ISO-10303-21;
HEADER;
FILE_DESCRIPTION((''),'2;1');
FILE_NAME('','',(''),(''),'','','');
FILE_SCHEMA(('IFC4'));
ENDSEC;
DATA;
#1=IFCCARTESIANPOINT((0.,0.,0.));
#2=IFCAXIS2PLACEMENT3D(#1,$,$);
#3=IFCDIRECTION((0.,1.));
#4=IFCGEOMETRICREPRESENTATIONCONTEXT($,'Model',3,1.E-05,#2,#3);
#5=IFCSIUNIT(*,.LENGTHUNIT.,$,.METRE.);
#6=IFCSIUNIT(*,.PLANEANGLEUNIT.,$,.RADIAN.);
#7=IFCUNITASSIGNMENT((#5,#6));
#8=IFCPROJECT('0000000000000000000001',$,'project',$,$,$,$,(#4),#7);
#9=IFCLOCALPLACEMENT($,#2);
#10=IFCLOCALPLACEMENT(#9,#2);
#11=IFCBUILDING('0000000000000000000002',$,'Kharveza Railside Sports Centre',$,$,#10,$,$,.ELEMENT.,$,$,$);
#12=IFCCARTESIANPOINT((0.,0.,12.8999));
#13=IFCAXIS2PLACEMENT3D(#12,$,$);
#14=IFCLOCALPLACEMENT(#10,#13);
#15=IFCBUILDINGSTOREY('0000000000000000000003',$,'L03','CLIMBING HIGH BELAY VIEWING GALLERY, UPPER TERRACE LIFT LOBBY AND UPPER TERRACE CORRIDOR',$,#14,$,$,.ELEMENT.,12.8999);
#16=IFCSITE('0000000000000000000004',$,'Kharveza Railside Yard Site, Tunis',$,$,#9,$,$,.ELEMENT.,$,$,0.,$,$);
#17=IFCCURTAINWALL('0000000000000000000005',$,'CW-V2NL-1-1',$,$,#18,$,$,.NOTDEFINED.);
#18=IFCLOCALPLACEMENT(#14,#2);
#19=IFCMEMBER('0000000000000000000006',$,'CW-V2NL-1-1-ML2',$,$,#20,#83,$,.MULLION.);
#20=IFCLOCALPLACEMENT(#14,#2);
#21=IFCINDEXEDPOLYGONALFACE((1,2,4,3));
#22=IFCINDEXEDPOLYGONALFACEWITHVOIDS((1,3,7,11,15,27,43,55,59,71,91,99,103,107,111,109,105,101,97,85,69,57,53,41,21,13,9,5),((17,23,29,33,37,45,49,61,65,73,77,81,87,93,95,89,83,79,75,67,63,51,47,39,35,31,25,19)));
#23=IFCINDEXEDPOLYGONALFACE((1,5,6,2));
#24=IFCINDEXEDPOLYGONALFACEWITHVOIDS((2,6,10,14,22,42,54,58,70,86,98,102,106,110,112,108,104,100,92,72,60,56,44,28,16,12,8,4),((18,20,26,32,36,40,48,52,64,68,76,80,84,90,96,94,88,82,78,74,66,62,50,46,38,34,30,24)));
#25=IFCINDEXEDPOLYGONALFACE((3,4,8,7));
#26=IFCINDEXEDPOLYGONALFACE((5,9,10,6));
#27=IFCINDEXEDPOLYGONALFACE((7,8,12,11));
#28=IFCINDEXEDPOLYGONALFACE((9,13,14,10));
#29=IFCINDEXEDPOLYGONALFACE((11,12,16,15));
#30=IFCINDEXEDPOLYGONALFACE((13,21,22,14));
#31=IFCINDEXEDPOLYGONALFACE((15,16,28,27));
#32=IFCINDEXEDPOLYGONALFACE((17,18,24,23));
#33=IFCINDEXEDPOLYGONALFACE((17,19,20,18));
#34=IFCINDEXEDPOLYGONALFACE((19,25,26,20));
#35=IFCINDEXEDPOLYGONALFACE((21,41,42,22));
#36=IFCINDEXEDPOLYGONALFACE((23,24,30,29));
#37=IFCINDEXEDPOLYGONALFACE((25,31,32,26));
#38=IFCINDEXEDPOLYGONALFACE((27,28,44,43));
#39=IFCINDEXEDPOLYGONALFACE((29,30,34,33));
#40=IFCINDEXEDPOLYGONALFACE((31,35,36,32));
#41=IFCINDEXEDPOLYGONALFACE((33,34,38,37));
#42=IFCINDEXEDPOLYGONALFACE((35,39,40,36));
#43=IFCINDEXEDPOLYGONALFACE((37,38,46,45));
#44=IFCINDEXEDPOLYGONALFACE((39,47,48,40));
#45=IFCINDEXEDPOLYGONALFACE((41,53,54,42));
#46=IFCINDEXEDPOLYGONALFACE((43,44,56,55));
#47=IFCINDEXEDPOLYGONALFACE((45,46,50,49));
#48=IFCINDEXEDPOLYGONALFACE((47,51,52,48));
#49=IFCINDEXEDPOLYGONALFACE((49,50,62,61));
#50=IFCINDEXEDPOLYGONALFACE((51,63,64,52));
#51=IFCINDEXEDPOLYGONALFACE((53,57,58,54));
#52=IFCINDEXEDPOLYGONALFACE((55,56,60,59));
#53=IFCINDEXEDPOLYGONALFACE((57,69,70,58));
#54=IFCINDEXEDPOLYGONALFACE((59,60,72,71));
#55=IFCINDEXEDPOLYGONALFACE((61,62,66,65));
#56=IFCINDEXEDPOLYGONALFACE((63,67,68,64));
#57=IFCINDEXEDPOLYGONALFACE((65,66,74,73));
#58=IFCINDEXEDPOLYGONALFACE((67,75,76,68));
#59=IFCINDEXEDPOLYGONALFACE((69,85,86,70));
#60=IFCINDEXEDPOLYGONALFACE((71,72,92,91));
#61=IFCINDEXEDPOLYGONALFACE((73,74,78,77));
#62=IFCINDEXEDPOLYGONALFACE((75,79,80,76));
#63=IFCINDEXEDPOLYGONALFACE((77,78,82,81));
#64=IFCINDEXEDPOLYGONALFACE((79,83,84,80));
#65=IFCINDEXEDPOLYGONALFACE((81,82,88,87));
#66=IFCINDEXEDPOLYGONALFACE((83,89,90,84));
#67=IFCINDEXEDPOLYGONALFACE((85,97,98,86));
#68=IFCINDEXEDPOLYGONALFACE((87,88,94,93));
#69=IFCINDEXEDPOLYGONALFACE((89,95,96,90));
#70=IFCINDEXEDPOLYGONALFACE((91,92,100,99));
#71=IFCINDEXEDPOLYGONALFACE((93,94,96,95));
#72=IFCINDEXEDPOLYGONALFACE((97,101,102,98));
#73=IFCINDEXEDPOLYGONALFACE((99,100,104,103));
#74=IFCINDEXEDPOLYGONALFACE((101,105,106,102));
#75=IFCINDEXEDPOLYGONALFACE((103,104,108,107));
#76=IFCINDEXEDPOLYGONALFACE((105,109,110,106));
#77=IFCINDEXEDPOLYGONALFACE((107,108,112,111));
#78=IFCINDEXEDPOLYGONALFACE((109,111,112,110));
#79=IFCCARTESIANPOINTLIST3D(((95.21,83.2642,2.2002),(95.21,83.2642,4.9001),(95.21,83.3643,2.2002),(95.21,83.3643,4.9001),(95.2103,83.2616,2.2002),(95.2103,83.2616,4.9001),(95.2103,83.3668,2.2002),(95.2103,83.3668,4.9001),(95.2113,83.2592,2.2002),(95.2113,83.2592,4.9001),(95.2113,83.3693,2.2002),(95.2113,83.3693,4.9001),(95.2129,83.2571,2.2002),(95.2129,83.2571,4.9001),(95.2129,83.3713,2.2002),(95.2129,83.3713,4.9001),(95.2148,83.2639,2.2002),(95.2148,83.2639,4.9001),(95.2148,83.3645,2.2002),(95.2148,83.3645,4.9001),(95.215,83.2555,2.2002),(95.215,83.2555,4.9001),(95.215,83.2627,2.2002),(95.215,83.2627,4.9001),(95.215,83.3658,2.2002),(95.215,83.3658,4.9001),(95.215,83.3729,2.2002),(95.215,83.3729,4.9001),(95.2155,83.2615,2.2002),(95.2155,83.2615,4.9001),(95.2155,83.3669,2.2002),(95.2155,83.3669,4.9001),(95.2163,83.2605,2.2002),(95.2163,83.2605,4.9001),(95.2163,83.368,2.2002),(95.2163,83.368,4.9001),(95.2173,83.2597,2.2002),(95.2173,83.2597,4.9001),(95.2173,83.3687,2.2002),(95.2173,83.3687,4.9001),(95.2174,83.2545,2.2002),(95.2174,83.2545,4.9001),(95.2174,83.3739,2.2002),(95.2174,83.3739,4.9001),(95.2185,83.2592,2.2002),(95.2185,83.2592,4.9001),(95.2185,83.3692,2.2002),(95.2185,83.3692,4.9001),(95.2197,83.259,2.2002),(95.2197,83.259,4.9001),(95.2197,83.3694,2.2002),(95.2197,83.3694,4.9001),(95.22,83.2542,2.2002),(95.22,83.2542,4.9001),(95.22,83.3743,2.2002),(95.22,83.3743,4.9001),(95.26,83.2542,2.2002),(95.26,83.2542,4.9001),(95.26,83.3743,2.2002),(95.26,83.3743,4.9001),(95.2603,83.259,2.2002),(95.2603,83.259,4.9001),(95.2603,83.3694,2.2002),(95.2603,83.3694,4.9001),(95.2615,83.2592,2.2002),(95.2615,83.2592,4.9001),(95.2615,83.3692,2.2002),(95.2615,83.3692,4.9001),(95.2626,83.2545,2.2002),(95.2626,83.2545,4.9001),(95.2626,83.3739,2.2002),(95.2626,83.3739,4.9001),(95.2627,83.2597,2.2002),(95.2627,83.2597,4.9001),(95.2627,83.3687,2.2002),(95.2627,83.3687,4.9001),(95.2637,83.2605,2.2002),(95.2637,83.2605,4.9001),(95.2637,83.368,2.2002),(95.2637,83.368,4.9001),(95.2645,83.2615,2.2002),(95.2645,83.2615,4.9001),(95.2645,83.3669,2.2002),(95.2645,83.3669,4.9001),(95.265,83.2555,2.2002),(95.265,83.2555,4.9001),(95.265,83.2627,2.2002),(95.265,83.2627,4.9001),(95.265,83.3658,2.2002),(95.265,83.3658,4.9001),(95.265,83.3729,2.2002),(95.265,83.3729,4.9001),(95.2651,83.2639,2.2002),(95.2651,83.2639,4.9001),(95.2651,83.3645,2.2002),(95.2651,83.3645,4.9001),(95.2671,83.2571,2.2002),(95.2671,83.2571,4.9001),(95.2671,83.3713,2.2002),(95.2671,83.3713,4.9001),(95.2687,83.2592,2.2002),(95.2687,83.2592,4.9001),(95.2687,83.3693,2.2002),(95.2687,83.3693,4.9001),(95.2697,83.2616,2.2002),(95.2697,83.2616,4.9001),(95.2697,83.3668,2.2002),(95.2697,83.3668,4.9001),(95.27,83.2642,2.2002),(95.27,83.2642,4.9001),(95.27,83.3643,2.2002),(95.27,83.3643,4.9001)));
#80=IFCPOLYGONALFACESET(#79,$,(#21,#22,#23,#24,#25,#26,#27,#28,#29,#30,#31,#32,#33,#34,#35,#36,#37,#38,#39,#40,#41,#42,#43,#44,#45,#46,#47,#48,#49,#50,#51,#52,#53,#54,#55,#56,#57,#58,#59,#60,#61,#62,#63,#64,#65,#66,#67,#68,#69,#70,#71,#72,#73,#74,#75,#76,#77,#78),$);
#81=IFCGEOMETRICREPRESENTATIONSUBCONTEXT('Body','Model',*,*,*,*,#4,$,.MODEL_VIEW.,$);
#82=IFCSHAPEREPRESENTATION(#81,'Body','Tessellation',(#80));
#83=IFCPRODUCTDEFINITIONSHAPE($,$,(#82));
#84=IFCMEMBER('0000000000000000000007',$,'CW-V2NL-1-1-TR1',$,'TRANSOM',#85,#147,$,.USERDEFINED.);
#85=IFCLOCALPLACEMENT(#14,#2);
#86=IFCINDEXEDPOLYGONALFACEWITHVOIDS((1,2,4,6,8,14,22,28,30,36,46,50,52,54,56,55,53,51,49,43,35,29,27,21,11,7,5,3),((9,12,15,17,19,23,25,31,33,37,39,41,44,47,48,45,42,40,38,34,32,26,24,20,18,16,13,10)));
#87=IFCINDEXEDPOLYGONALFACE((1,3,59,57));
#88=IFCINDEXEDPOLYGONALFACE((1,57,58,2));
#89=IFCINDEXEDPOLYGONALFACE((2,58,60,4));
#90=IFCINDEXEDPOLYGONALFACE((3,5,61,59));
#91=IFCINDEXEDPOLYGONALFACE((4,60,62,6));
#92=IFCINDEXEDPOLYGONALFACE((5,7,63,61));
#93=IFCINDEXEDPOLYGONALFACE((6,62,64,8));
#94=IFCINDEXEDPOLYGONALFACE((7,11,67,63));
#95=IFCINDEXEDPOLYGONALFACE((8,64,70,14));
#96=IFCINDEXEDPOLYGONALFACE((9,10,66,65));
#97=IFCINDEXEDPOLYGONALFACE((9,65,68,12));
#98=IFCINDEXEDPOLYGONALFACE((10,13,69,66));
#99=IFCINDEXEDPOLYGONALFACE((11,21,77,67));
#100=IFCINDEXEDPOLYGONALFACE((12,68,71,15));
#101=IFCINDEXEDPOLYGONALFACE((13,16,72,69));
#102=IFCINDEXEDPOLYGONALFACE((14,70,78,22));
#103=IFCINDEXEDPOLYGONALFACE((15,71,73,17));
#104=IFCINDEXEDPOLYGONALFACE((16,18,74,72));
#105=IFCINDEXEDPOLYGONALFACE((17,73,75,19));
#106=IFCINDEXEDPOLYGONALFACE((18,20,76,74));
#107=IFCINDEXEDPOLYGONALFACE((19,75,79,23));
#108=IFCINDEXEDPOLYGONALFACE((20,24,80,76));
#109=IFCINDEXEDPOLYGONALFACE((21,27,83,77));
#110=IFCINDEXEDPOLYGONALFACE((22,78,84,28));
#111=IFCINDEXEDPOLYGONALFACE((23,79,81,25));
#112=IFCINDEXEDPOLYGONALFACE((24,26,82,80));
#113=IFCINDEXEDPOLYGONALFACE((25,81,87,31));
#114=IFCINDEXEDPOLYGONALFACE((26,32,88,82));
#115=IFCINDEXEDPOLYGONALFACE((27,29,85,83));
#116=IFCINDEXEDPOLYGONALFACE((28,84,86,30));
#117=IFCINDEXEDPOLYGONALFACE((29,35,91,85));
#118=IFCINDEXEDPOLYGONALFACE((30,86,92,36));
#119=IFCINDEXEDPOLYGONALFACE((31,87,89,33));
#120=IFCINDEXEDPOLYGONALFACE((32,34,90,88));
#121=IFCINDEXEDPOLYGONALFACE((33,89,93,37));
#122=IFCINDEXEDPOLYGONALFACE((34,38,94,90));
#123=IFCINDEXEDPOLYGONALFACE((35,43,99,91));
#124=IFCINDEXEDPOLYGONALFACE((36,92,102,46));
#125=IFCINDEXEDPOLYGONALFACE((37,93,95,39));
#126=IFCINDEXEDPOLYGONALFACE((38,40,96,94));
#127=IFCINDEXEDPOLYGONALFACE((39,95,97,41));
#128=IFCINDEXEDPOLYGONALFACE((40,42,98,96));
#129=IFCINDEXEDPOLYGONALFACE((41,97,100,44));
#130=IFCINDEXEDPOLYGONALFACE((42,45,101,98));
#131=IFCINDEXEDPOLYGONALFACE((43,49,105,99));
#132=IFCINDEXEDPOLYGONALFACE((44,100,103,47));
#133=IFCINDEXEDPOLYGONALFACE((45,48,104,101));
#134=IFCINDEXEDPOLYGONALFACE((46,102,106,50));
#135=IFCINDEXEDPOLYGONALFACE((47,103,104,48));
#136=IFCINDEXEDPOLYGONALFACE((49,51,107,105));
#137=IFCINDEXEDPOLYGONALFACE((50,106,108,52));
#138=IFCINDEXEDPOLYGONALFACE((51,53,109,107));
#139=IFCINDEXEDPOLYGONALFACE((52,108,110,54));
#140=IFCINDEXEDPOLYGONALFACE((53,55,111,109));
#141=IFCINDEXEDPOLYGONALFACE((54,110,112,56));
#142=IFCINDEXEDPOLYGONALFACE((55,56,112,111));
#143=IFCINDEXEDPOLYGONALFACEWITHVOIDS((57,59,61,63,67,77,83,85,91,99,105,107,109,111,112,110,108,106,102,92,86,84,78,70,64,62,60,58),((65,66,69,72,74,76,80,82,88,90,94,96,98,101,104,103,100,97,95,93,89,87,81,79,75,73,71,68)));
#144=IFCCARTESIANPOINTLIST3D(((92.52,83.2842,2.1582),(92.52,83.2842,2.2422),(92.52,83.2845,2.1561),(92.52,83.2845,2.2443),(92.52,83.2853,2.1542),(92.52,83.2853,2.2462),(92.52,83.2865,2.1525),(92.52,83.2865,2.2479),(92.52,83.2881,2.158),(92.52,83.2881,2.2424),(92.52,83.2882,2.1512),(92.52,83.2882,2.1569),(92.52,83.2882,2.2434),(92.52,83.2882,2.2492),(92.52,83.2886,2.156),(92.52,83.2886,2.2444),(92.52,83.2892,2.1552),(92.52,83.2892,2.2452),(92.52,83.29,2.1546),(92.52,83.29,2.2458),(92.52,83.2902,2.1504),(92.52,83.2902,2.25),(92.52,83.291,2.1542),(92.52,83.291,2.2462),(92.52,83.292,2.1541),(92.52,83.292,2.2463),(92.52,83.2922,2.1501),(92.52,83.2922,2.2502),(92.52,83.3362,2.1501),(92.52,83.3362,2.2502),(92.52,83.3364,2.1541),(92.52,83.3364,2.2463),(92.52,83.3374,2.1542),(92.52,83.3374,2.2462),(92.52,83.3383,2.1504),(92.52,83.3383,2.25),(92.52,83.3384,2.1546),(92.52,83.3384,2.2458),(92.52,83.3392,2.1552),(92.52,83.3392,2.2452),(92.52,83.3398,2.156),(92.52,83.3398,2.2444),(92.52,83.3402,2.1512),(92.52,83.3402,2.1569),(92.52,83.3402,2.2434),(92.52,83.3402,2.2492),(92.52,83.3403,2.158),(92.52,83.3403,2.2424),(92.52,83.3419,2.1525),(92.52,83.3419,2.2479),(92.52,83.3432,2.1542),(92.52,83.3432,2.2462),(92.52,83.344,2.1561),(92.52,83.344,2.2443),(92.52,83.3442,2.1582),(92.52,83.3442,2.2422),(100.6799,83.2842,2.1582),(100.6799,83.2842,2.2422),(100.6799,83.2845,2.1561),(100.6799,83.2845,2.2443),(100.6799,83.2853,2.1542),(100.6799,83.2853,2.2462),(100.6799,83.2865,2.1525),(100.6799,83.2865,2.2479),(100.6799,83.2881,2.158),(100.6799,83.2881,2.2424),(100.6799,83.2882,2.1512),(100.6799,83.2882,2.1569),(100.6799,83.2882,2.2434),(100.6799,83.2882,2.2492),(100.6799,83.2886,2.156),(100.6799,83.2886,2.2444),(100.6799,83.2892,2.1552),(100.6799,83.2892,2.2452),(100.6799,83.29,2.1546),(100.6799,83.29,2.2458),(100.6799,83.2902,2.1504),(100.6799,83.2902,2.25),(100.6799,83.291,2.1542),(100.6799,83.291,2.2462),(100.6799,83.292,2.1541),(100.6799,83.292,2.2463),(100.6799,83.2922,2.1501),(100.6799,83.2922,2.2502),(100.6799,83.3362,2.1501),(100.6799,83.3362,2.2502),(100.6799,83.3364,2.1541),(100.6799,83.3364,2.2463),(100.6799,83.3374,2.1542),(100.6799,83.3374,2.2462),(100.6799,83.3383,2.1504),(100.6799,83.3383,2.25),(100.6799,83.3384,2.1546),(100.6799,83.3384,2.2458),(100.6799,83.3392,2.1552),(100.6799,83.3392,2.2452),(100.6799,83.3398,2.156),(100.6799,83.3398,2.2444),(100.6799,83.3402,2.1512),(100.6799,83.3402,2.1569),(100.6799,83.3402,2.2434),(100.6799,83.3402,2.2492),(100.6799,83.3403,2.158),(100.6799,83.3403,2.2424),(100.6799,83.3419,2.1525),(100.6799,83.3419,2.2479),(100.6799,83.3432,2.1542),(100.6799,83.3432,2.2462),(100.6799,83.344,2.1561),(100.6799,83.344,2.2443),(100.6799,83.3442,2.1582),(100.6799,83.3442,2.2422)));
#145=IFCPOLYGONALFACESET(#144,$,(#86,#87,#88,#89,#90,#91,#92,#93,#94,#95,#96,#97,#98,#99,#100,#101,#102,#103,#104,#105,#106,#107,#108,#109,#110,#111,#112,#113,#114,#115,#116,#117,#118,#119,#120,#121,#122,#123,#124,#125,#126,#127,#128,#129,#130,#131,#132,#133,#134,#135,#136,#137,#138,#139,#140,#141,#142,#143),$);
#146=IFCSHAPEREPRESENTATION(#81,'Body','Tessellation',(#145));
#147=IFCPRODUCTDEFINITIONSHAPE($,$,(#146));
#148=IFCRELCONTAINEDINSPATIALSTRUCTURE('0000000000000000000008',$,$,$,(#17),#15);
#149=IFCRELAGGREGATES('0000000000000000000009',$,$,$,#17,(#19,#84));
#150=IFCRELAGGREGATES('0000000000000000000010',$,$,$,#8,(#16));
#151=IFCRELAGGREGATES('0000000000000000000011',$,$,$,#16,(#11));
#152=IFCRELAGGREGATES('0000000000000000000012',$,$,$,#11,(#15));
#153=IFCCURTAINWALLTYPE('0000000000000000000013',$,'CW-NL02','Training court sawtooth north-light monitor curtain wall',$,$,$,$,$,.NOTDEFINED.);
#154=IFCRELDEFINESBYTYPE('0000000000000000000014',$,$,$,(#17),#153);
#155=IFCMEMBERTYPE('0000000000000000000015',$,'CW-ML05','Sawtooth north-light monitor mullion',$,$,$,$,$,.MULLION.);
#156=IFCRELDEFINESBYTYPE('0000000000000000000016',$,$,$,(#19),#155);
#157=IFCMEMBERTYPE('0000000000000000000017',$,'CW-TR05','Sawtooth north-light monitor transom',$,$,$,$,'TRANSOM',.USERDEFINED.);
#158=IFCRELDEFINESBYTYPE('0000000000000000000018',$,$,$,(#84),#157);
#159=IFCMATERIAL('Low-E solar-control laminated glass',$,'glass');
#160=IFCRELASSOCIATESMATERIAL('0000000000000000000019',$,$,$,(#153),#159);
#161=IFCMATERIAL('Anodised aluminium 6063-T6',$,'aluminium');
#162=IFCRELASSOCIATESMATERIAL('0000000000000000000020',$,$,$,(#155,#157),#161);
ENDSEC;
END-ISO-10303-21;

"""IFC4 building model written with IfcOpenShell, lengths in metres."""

from ifc_helpers import new_model, si_unit, direction, frame, origin, origin_2d, place, context, subcontext, project, spatial, hollow_rectangle, extrude, material, material_profile, profile_set, type_object, element, aggregate, save


model = new_model("IFC4")

# Units and contexts
model_context = context("Model", 3, precision=1e-05, world=origin(), true_north=direction((0.0, 1.0)))
body_context = subcontext(model_context, "Body", "Model", "MODEL_VIEW")
ifc_project = project(units=[si_unit("LENGTHUNIT", "METRE"), si_unit("PLANEANGLEUNIT", "RADIAN")], contexts=[model_context])

# Site, building, storey
site_placement = place(None, origin())
site = spatial("IfcSite", under=ifc_project, at=site_placement, Name="Kharveza Railside Yard Site, Tunis", CompositionType="ELEMENT", RefElevation=0.0)
building_placement = place(site_placement, origin())
building = spatial("IfcBuilding", under=site, at=building_placement, Name="Kharveza Railside Sports Centre", CompositionType="ELEMENT")
storey_placement = place(building_placement, frame((0.0, 0.0, 12.8999)))
storey = spatial("IfcBuildingStorey", under=building, at=storey_placement, Name="L03", Description="CLIMBING HIGH BELAY VIEWING GALLERY, UPPER TERRACE LIFT LOBBY AND UPPER TERRACE CORRIDOR", CompositionType="ELEMENT", Elevation=12.8999)

# Curtain wall, members
ifc_material_1 = material(Name="Low-E solar-control laminated glass", Category="glass")
curtain_wall_type = type_object("IfcCurtainWallType", Name="CW-NL02", Description="Training court sawtooth north-light monitor curtain wall", PredefinedType="NOTDEFINED", material=ifc_material_1)
curtain_wall_placement = place(storey_placement, origin())
curtain_wall = element("IfcCurtainWall", 1, at=curtain_wall_placement, inside=storey, type_object=curtain_wall_type, Name="CW-V2NL-1-1", PredefinedType="NOTDEFINED")
ifc_material_2 = material(Name="Anodised aluminium 6063-T6", Category="aluminium")
ifc_material_profile_1 = material_profile(ifc_material_2, hollow_rectangle(XDim=0.0601, YDim=0.1201, WallThickness=0.0049, InnerFilletRadius=0.0049, OuterFilletRadius=0.01, at=origin_2d()), Name="RHS 60x120x5.0")
ifc_profile_set_1 = profile_set([ifc_material_profile_1], Name="Anodised aluminium 6063-T6")
member_type_1 = type_object("IfcMemberType", Name="CW-ML05", Description="Sawtooth north-light monitor mullion", PredefinedType="MULLION", material=ifc_profile_set_1)
member_1_placement = place(storey_placement, frame((95.24, 83.3142, 2.2002), z_axis=(0.0, 0.0, 1.0), x_axis=(1.0, 0.0, 0.0)))
member_1 = element("IfcMember", 2, at=member_1_placement, type_object=member_type_1, Name="CW-V2NL-1-1-ML2", PredefinedType="MULLION", context=body_context, shape_type="SweptSolid", body=[
    extrude(hollow_rectangle(XDim=0.0601, YDim=0.1201, WallThickness=0.0049, InnerFilletRadius=0.0049, OuterFilletRadius=0.01, at=origin_2d()), origin(), (0.0, 0.0, 1.0), 2.7),
])
ifc_material_profile_2 = material_profile(ifc_material_2, hollow_rectangle(XDim=0.0601, YDim=0.1001, WallThickness=0.0039, InnerFilletRadius=0.0039, OuterFilletRadius=0.0081, at=origin_2d()), Name="RHS 60x100x4.0")
ifc_profile_set_2 = profile_set([ifc_material_profile_2], Name="Anodised aluminium 6063-T6")
member_type_2 = type_object("IfcMemberType", Name="CW-TR05", Description="Sawtooth north-light monitor transom", ElementType="TRANSOM", PredefinedType="USERDEFINED", material=ifc_profile_set_2)
member_2_placement = place(storey_placement, frame((92.52, 83.3142, 2.2002), z_axis=(1.0, 0.0, 0.0), x_axis=(0.0, 1.0, 0.0)))
member_2 = element("IfcMember", 3, at=member_2_placement, type_object=member_type_2, Name="CW-V2NL-1-1-TR1", ObjectType="TRANSOM", PredefinedType="USERDEFINED", context=body_context, shape_type="SweptSolid", body=[
    extrude(hollow_rectangle(XDim=0.0601, YDim=0.1001, WallThickness=0.0039, InnerFilletRadius=0.0039, OuterFilletRadius=0.0081, at=origin_2d()), origin(), (0.0, 0.0, 1.0), 8.1599),
])

aggregate(curtain_wall, [member_1, member_2])

save(model, "model.ifc")
